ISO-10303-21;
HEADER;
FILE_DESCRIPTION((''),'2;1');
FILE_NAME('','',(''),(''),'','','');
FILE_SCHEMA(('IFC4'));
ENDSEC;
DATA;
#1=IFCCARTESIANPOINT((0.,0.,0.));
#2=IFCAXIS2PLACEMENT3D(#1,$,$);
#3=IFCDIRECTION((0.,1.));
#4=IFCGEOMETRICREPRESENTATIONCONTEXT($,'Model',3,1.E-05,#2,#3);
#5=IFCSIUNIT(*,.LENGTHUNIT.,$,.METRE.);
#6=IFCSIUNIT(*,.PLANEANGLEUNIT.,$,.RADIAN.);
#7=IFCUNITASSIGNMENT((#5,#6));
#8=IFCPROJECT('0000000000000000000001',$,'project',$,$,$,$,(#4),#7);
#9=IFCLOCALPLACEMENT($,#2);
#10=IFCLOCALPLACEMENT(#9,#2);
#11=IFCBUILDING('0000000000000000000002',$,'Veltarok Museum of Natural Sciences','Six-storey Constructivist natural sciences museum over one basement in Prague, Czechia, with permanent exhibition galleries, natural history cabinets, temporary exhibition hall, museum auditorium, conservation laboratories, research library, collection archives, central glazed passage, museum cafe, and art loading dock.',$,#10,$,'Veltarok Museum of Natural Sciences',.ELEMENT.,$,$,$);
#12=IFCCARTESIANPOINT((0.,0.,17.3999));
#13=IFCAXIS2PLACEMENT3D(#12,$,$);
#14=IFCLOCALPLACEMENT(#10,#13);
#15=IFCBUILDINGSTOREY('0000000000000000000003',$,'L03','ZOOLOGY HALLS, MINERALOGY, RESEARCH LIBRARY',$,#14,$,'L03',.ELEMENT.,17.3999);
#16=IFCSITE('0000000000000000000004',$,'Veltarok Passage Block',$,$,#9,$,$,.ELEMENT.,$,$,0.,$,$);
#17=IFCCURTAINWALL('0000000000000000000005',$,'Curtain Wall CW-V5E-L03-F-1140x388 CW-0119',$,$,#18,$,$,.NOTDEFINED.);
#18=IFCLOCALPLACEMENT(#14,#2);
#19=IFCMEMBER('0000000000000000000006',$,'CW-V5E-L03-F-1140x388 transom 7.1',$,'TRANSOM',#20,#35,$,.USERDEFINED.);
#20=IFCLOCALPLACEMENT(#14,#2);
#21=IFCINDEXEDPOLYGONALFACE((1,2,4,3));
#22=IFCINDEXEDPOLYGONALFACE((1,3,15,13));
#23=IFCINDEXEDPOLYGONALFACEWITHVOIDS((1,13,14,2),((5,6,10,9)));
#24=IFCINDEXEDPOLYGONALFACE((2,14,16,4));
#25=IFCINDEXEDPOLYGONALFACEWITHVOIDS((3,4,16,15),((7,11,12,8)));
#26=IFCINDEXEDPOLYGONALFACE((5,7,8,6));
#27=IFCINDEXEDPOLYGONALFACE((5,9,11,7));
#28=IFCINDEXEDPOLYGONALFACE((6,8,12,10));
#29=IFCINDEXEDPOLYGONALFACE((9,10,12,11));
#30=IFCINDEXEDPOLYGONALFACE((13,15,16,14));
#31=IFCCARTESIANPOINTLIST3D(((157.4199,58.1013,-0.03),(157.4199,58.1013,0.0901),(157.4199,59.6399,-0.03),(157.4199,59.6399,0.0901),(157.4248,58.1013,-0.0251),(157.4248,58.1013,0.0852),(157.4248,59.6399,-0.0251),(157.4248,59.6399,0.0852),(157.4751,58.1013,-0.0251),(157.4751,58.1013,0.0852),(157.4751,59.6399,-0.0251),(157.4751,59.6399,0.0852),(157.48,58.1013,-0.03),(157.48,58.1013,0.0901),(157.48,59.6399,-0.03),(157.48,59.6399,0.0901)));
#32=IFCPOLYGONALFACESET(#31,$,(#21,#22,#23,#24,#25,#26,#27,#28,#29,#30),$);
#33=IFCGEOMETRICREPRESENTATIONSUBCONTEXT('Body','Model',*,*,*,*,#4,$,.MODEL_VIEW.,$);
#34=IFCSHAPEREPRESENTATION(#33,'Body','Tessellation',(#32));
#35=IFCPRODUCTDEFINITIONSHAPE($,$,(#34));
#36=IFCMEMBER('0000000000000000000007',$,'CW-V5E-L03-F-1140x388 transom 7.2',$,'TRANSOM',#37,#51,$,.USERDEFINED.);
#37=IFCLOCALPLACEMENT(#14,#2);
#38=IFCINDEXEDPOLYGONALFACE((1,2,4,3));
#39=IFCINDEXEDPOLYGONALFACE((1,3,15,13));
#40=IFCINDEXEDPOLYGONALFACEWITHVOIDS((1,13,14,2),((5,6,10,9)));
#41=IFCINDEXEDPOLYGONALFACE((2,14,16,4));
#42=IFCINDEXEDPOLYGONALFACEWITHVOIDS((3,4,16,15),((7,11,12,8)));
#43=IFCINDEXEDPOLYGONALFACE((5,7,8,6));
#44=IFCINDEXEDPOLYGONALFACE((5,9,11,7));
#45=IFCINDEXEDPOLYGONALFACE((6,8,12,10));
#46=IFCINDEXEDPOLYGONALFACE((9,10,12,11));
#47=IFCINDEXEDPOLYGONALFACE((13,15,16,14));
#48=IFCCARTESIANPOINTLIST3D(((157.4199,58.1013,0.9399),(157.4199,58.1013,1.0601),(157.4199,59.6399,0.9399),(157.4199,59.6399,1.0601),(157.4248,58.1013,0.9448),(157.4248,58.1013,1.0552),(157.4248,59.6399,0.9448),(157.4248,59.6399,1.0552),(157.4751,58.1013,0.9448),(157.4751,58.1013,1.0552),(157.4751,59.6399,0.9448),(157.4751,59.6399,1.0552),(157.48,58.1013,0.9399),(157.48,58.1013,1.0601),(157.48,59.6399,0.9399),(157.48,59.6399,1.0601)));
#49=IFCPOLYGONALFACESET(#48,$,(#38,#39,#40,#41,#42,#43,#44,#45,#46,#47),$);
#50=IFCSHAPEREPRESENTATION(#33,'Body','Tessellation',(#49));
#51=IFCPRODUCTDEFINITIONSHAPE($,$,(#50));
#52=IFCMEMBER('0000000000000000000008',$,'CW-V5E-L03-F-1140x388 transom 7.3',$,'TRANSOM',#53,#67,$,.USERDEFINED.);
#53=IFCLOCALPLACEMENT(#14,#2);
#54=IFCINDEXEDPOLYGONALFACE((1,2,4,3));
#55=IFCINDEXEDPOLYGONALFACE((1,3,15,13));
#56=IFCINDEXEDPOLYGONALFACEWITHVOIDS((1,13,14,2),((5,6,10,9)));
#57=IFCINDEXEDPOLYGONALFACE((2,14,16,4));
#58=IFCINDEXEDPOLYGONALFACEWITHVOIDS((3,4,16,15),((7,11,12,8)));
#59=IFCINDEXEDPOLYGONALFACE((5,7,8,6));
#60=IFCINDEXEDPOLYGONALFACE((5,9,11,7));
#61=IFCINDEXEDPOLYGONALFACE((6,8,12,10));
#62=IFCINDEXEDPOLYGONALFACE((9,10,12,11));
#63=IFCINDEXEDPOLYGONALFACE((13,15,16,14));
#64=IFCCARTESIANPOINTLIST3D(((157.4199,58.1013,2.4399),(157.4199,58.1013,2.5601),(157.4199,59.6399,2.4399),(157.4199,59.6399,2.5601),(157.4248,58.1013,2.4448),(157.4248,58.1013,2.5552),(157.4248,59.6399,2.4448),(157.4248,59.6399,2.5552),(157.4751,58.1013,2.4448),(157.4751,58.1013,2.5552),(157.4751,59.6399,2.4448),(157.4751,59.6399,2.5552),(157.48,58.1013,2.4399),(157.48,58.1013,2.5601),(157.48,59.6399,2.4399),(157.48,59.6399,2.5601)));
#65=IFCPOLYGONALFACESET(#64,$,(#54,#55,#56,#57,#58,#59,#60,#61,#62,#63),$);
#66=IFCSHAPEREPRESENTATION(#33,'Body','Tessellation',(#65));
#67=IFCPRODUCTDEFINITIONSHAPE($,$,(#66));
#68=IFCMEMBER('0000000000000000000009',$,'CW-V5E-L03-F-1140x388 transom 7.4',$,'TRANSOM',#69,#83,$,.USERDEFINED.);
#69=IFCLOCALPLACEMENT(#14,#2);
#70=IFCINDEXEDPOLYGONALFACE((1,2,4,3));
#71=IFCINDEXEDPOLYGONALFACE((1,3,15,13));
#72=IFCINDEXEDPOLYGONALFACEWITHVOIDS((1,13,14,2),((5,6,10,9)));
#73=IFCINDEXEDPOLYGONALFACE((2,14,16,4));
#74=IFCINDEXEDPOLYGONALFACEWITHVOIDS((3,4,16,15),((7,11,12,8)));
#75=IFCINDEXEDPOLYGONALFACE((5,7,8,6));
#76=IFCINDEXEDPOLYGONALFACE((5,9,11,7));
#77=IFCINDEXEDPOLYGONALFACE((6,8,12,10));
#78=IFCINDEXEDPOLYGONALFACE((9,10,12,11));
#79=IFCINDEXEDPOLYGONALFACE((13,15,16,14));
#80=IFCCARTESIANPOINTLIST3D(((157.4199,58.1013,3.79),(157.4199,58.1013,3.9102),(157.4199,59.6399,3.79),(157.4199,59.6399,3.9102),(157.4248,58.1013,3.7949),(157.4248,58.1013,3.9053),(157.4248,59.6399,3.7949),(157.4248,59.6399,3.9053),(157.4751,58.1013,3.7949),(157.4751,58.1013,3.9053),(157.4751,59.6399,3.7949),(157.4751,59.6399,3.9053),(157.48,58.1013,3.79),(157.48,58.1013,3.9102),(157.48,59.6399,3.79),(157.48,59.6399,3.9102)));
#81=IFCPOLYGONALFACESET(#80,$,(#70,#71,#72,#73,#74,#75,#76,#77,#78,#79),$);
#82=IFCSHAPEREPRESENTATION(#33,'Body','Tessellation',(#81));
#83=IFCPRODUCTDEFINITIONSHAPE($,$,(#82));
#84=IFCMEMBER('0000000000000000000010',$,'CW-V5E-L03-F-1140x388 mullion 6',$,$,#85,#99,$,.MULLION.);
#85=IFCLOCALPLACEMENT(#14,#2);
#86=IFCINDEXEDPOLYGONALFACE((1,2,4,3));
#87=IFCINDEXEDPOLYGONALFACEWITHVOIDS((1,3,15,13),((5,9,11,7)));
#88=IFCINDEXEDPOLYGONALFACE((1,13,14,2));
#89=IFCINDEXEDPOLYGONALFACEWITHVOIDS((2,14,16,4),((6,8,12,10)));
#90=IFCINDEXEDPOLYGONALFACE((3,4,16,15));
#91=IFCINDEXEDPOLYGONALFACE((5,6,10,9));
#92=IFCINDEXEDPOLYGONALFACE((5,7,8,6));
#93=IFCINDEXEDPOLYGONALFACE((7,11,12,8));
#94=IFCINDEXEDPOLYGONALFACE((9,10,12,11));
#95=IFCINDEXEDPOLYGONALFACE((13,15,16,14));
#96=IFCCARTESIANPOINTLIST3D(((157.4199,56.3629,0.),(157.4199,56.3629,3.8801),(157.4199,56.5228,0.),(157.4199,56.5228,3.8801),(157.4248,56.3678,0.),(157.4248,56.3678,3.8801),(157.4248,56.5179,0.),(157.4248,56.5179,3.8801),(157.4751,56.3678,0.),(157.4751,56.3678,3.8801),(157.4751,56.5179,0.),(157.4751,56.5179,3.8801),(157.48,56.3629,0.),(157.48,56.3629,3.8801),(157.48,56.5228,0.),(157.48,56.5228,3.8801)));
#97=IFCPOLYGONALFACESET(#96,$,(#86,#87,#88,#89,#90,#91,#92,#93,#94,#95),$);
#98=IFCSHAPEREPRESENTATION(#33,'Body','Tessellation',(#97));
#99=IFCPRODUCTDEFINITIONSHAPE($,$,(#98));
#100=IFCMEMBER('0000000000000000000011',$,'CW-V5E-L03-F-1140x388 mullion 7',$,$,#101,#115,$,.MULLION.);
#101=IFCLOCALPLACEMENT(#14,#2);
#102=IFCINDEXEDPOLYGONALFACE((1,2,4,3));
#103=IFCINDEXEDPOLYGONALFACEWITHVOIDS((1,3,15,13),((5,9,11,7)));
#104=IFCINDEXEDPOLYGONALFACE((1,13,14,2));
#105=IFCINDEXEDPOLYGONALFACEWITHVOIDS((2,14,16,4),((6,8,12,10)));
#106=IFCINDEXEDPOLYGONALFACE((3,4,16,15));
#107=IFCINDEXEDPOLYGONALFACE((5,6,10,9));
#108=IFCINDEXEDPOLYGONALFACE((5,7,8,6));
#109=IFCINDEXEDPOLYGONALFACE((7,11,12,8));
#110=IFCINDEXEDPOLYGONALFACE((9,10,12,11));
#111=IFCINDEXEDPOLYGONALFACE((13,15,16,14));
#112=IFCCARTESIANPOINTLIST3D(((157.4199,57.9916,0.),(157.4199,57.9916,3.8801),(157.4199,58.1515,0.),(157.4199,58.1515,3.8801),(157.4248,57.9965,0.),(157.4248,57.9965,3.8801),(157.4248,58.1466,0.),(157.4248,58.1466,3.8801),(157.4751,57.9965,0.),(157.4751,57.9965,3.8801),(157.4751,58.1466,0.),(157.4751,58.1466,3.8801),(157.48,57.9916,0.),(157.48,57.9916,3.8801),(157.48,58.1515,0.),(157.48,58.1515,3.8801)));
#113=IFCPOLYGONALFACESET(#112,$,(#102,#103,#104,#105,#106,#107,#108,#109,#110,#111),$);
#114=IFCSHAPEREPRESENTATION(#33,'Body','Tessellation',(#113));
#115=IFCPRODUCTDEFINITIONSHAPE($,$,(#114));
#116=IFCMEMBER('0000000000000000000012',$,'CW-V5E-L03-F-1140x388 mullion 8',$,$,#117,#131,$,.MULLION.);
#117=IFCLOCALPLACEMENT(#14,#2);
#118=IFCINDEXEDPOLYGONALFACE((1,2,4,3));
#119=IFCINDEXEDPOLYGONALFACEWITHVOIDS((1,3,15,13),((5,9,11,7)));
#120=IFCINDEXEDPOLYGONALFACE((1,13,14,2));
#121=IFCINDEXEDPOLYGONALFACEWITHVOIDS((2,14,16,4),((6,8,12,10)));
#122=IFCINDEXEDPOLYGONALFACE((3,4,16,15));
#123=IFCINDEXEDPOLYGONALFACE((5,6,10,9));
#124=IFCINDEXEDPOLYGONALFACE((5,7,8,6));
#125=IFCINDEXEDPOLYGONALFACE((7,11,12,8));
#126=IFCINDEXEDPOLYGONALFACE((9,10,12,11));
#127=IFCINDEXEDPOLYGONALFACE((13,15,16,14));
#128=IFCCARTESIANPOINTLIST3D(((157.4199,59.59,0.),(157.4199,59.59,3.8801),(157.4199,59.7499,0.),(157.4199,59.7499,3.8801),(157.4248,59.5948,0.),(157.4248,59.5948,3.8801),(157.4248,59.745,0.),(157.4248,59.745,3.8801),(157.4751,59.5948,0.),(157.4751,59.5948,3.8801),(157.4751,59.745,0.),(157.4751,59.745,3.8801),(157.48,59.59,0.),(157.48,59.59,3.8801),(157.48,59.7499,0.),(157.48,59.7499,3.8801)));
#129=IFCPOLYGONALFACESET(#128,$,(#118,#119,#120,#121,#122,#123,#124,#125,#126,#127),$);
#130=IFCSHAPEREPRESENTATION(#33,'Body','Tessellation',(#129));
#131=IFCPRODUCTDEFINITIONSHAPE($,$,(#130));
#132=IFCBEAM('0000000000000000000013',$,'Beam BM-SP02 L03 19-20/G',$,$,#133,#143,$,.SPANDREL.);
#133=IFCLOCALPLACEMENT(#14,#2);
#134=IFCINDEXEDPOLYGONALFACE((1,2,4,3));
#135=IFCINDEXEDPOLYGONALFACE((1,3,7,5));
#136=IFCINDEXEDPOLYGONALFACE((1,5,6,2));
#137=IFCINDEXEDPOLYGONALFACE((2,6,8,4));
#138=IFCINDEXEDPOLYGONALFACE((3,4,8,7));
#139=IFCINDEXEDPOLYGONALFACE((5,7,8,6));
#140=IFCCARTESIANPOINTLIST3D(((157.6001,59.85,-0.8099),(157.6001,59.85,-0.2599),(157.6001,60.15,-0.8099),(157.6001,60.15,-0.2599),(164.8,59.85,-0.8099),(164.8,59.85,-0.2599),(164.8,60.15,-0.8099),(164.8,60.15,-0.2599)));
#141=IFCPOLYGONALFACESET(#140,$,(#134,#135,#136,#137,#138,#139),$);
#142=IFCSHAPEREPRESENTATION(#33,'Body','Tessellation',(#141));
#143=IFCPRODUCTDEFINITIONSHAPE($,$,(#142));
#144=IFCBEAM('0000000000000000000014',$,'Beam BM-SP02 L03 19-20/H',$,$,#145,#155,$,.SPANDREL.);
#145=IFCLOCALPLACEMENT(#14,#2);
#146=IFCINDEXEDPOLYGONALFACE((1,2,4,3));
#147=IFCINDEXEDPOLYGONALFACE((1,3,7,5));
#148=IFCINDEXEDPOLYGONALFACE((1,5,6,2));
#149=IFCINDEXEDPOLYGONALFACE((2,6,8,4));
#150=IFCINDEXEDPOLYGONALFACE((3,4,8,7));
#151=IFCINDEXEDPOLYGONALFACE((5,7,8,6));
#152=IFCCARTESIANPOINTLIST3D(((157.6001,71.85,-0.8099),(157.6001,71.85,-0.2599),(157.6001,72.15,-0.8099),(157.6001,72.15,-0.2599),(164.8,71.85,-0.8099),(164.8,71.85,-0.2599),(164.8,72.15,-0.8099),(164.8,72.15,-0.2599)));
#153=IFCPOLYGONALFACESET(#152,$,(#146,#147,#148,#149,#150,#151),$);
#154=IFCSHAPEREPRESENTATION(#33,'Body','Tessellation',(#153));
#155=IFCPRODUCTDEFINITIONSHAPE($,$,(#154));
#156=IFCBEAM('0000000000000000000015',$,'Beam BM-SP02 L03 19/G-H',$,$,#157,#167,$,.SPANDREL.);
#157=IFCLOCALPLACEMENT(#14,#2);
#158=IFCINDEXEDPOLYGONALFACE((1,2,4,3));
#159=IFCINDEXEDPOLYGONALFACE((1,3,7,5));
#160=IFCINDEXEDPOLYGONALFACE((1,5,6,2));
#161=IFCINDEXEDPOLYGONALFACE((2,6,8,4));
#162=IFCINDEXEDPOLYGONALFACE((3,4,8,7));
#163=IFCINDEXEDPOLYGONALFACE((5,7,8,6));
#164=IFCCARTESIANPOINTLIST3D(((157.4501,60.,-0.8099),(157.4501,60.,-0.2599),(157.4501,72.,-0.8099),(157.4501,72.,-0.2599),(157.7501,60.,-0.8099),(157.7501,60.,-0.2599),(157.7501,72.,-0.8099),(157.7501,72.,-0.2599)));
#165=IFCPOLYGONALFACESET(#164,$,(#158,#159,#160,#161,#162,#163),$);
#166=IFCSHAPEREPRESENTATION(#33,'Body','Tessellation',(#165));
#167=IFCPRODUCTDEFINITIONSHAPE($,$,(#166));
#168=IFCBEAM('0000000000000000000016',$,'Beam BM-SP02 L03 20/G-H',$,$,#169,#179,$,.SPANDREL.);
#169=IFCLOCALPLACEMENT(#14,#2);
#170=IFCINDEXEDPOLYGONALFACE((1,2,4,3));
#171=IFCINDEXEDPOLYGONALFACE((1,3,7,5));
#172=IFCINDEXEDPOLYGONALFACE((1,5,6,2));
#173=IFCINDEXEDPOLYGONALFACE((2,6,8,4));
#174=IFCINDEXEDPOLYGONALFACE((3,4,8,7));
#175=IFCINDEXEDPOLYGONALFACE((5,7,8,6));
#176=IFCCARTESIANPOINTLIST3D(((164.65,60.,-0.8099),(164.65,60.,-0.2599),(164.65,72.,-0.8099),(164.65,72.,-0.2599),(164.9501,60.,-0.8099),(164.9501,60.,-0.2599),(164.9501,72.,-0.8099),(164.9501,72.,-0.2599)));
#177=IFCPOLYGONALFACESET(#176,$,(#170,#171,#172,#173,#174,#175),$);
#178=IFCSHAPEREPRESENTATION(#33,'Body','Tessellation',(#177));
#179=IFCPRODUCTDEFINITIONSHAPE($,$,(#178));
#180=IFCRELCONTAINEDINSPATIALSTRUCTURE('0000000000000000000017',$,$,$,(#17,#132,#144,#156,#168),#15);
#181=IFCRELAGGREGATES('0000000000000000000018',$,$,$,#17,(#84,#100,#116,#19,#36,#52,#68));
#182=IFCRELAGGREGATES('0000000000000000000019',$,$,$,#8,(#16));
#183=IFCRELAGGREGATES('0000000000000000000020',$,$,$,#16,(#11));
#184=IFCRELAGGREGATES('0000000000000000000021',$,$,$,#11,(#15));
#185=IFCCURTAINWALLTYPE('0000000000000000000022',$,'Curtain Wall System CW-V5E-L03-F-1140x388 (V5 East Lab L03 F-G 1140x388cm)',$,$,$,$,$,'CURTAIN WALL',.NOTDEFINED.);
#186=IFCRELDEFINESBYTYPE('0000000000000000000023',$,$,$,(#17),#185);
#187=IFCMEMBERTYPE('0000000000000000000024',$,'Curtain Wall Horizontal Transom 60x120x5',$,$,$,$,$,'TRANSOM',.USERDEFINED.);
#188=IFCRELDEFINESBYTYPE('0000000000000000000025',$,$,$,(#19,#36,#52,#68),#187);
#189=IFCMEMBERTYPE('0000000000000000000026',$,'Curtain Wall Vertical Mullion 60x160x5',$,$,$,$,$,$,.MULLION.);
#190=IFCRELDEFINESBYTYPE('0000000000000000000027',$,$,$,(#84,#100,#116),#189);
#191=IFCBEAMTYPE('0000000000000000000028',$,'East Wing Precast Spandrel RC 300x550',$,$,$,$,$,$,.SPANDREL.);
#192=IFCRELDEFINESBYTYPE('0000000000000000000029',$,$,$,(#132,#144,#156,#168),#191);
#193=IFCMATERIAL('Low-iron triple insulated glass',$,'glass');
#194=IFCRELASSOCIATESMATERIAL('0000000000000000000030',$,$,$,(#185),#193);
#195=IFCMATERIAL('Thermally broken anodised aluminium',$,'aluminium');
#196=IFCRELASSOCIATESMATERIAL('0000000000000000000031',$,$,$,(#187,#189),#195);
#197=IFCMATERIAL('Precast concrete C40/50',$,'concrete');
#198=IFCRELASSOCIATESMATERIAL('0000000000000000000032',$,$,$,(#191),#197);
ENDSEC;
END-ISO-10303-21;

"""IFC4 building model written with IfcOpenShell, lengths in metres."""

from ifc_helpers import new_model, si_unit, direction, frame, origin, origin_2d, place, context, subcontext, project, spatial, rectangle, hollow_rectangle, extrude, material, material_profile, profile_set, type_object, element, aggregate, save


model = new_model("IFC4")

# Units and contexts
model_context = context("Model", 3, precision=1e-05, world=origin(), true_north=direction((0.0, 1.0)))
body_context = subcontext(model_context, "Body", "Model", "MODEL_VIEW")
ifc_project = project(units=[si_unit("LENGTHUNIT", "METRE"), si_unit("PLANEANGLEUNIT", "RADIAN")], contexts=[model_context])

# Site, building, storey
site_placement = place(None, origin())
site = spatial("IfcSite", under=ifc_project, at=site_placement, Name="Veltarok Passage Block", CompositionType="ELEMENT", RefElevation=0.0)
building_placement = place(site_placement, origin())
building = spatial("IfcBuilding", under=site, at=building_placement, Name="Veltarok Museum of Natural Sciences", Description="Six-storey Constructivist natural sciences museum over one basement in Prague, Czechia, with permanent exhibition galleries, natural history cabinets, temporary exhibition hall, museum auditorium, conservation laboratories, research library, collection archives, central glazed passage, museum cafe, and art loading dock.", LongName="Veltarok Museum of Natural Sciences", CompositionType="ELEMENT")
storey_placement = place(building_placement, frame((0.0, 0.0, 17.3999)))
storey = spatial("IfcBuildingStorey", under=building, at=storey_placement, Name="L03", Description="ZOOLOGY HALLS, MINERALOGY, RESEARCH LIBRARY", LongName="L03", CompositionType="ELEMENT", Elevation=17.3999)

# Curtain wall, members
ifc_material_1 = material(Name="Low-iron triple insulated glass", Category="glass")
curtain_wall_type = type_object("IfcCurtainWallType", Name="Curtain Wall System CW-V5E-L03-F-1140x388 (V5 East Lab L03 F-G 1140x388cm)", ElementType="CURTAIN WALL", PredefinedType="NOTDEFINED", material=ifc_material_1)
curtain_wall_placement = place(storey_placement, origin())
curtain_wall = element("IfcCurtainWall", 1, at=curtain_wall_placement, inside=storey, type_object=curtain_wall_type, Name="Curtain Wall CW-V5E-L03-F-1140x388 CW-0119", PredefinedType="NOTDEFINED")
ifc_material_2 = material(Name="Thermally broken anodised aluminium", Category="aluminium")
ifc_material_profile_1 = material_profile(ifc_material_2, hollow_rectangle(XDim=0.0601, YDim=0.1201, WallThickness=0.0049, at=origin_2d()), Name="CW TRANSOM 60x120x5")
ifc_profile_set_1 = profile_set([ifc_material_profile_1], Name="Thermally broken anodised aluminium")
member_type_1 = type_object("IfcMemberType", Name="Curtain Wall Horizontal Transom 60x120x5", ElementType="TRANSOM", PredefinedType="USERDEFINED", material=ifc_profile_set_1)
member_1_placement = place(storey_placement, frame((157.45, 58.1013, 0.03), z_axis=(0.0, 1.0, 0.0), x_axis=(-1.0, 0.0, 0.0)))
member_1 = element("IfcMember", 2, at=member_1_placement, type_object=member_type_1, Name="CW-V5E-L03-F-1140x388 transom 7.1", ObjectType="TRANSOM", PredefinedType="USERDEFINED", context=body_context, shape_type="SweptSolid", body=[
    extrude(hollow_rectangle(XDim=0.0601, YDim=0.1201, WallThickness=0.0049, at=origin_2d()), origin(), (0.0, 0.0, 1.0), 1.5386),
])
member_2_placement = place(storey_placement, frame((157.45, 58.1013, 1.0), z_axis=(0.0, 1.0, 0.0), x_axis=(-1.0, 0.0, 0.0)))
member_2 = element("IfcMember", 3, at=member_2_placement, type_object=member_type_1, Name="CW-V5E-L03-F-1140x388 transom 7.2", ObjectType="TRANSOM", PredefinedType="USERDEFINED", context=body_context, shape_type="SweptSolid", body=[
    extrude(hollow_rectangle(XDim=0.0601, YDim=0.1201, WallThickness=0.0049, at=origin_2d()), origin(), (0.0, 0.0, 1.0), 1.5386),
])
member_3_placement = place(storey_placement, frame((157.45, 58.1013, 2.5), z_axis=(0.0, 1.0, 0.0), x_axis=(-1.0, 0.0, 0.0)))
member_3 = element("IfcMember", 4, at=member_3_placement, type_object=member_type_1, Name="CW-V5E-L03-F-1140x388 transom 7.3", ObjectType="TRANSOM", PredefinedType="USERDEFINED", context=body_context, shape_type="SweptSolid", body=[
    extrude(hollow_rectangle(XDim=0.0601, YDim=0.1201, WallThickness=0.0049, at=origin_2d()), origin(), (0.0, 0.0, 1.0), 1.5386),
])
member_4_placement = place(storey_placement, frame((157.45, 58.1013, 3.8501), z_axis=(0.0, 1.0, 0.0), x_axis=(-1.0, 0.0, 0.0)))
member_4 = element("IfcMember", 5, at=member_4_placement, type_object=member_type_1, Name="CW-V5E-L03-F-1140x388 transom 7.4", ObjectType="TRANSOM", PredefinedType="USERDEFINED", context=body_context, shape_type="SweptSolid", body=[
    extrude(hollow_rectangle(XDim=0.0601, YDim=0.1201, WallThickness=0.0049, at=origin_2d()), origin(), (0.0, 0.0, 1.0), 1.5386),
])
ifc_material_profile_2 = material_profile(ifc_material_2, hollow_rectangle(XDim=0.0601, YDim=0.1599, WallThickness=0.0049, at=origin_2d()), Name="CW MULLION 60x160x5")
ifc_profile_set_2 = profile_set([ifc_material_profile_2], Name="Thermally broken anodised aluminium")
member_type_2 = type_object("IfcMemberType", Name="Curtain Wall Vertical Mullion 60x160x5", PredefinedType="MULLION", material=ifc_profile_set_2)
member_5_placement = place(storey_placement, frame((157.45, 56.4429, 0.0), z_axis=(0.0, 0.0, 1.0), x_axis=(-1.0, 0.0, 0.0)))
member_5 = element("IfcMember", 6, at=member_5_placement, type_object=member_type_2, Name="CW-V5E-L03-F-1140x388 mullion 6", PredefinedType="MULLION", context=body_context, shape_type="SweptSolid", body=[
    extrude(hollow_rectangle(XDim=0.0601, YDim=0.1599, WallThickness=0.0049, at=origin_2d()), origin(), (0.0, 0.0, 1.0), 3.8801),
])
member_6_placement = place(storey_placement, frame((157.45, 58.0715, 0.0), z_axis=(0.0, 0.0, 1.0), x_axis=(-1.0, 0.0, 0.0)))
member_6 = element("IfcMember", 7, at=member_6_placement, type_object=member_type_2, Name="CW-V5E-L03-F-1140x388 mullion 7", PredefinedType="MULLION", context=body_context, shape_type="SweptSolid", body=[
    extrude(hollow_rectangle(XDim=0.0601, YDim=0.1599, WallThickness=0.0049, at=origin_2d()), origin(), (0.0, 0.0, 1.0), 3.8801),
])
member_7_placement = place(storey_placement, frame((157.45, 59.6699, 0.0), z_axis=(0.0, 0.0, 1.0), x_axis=(-1.0, 0.0, 0.0)))
member_7 = element("IfcMember", 8, at=member_7_placement, type_object=member_type_2, Name="CW-V5E-L03-F-1140x388 mullion 8", PredefinedType="MULLION", context=body_context, shape_type="SweptSolid", body=[
    extrude(hollow_rectangle(XDim=0.0601, YDim=0.1599, WallThickness=0.0049, at=origin_2d()), origin(), (0.0, 0.0, 1.0), 3.8801),
])

# Beams
ifc_material_3 = material(Name="Precast concrete C40/50", Category="concrete")
ifc_material_profile_3 = material_profile(ifc_material_3, rectangle(XDim=0.3, YDim=0.55, at=origin_2d()), Name="RC 300x550")
ifc_profile_set_3 = profile_set([ifc_material_profile_3], Name="Precast concrete C40/50")
beam_type_1 = type_object("IfcBeamType", Name="East Wing Precast Spandrel RC 300x550", PredefinedType="SPANDREL", material=ifc_profile_set_3)
for number, where, z_axis, x_axis, name in (
    (9, (157.6001, 60.0, -0.5349), (1.0, 0.0, 0.0), (0.0, 1.0, 0.0), "Beam BM-SP02 L03 19-20/G"),
    (10, (157.6001, 72.0, -0.5349), (1.0, 0.0, 0.0), (0.0, 1.0, 0.0), "Beam BM-SP02 L03 19-20/H"),
):
    element("IfcBeam", number, at=place(storey_placement, frame(where, z_axis=z_axis, x_axis=x_axis)), inside=storey, type_object=beam_type_1, Name=name, PredefinedType="SPANDREL", context=body_context, shape_type="SweptSolid", body=[
        extrude(rectangle(XDim=0.3, YDim=0.55, at=origin_2d()), origin(), (0.0, 0.0, 1.0), 7.2),
    ])
for number, where, z_axis, x_axis, name in (
    (11, (157.6001, 60.0, -0.5349), (0.0, 1.0, 0.0), (-1.0, 0.0, 0.0), "Beam BM-SP02 L03 19/G-H"),
    (12, (164.8, 60.0, -0.5349), (0.0, 1.0, 0.0), (-1.0, 0.0, 0.0), "Beam BM-SP02 L03 20/G-H"),
):
    element("IfcBeam", number, at=place(storey_placement, frame(where, z_axis=z_axis, x_axis=x_axis)), inside=storey, type_object=beam_type_1, Name=name, PredefinedType="SPANDREL", context=body_context, shape_type="SweptSolid", body=[
        extrude(rectangle(XDim=0.3, YDim=0.55, at=origin_2d()), origin(), (0.0, 0.0, 1.0), 12.0),
    ])

aggregate(curtain_wall, [member_5, member_6, member_7, member_1, member_2, member_3, member_4])

save(model, "model.ifc")
